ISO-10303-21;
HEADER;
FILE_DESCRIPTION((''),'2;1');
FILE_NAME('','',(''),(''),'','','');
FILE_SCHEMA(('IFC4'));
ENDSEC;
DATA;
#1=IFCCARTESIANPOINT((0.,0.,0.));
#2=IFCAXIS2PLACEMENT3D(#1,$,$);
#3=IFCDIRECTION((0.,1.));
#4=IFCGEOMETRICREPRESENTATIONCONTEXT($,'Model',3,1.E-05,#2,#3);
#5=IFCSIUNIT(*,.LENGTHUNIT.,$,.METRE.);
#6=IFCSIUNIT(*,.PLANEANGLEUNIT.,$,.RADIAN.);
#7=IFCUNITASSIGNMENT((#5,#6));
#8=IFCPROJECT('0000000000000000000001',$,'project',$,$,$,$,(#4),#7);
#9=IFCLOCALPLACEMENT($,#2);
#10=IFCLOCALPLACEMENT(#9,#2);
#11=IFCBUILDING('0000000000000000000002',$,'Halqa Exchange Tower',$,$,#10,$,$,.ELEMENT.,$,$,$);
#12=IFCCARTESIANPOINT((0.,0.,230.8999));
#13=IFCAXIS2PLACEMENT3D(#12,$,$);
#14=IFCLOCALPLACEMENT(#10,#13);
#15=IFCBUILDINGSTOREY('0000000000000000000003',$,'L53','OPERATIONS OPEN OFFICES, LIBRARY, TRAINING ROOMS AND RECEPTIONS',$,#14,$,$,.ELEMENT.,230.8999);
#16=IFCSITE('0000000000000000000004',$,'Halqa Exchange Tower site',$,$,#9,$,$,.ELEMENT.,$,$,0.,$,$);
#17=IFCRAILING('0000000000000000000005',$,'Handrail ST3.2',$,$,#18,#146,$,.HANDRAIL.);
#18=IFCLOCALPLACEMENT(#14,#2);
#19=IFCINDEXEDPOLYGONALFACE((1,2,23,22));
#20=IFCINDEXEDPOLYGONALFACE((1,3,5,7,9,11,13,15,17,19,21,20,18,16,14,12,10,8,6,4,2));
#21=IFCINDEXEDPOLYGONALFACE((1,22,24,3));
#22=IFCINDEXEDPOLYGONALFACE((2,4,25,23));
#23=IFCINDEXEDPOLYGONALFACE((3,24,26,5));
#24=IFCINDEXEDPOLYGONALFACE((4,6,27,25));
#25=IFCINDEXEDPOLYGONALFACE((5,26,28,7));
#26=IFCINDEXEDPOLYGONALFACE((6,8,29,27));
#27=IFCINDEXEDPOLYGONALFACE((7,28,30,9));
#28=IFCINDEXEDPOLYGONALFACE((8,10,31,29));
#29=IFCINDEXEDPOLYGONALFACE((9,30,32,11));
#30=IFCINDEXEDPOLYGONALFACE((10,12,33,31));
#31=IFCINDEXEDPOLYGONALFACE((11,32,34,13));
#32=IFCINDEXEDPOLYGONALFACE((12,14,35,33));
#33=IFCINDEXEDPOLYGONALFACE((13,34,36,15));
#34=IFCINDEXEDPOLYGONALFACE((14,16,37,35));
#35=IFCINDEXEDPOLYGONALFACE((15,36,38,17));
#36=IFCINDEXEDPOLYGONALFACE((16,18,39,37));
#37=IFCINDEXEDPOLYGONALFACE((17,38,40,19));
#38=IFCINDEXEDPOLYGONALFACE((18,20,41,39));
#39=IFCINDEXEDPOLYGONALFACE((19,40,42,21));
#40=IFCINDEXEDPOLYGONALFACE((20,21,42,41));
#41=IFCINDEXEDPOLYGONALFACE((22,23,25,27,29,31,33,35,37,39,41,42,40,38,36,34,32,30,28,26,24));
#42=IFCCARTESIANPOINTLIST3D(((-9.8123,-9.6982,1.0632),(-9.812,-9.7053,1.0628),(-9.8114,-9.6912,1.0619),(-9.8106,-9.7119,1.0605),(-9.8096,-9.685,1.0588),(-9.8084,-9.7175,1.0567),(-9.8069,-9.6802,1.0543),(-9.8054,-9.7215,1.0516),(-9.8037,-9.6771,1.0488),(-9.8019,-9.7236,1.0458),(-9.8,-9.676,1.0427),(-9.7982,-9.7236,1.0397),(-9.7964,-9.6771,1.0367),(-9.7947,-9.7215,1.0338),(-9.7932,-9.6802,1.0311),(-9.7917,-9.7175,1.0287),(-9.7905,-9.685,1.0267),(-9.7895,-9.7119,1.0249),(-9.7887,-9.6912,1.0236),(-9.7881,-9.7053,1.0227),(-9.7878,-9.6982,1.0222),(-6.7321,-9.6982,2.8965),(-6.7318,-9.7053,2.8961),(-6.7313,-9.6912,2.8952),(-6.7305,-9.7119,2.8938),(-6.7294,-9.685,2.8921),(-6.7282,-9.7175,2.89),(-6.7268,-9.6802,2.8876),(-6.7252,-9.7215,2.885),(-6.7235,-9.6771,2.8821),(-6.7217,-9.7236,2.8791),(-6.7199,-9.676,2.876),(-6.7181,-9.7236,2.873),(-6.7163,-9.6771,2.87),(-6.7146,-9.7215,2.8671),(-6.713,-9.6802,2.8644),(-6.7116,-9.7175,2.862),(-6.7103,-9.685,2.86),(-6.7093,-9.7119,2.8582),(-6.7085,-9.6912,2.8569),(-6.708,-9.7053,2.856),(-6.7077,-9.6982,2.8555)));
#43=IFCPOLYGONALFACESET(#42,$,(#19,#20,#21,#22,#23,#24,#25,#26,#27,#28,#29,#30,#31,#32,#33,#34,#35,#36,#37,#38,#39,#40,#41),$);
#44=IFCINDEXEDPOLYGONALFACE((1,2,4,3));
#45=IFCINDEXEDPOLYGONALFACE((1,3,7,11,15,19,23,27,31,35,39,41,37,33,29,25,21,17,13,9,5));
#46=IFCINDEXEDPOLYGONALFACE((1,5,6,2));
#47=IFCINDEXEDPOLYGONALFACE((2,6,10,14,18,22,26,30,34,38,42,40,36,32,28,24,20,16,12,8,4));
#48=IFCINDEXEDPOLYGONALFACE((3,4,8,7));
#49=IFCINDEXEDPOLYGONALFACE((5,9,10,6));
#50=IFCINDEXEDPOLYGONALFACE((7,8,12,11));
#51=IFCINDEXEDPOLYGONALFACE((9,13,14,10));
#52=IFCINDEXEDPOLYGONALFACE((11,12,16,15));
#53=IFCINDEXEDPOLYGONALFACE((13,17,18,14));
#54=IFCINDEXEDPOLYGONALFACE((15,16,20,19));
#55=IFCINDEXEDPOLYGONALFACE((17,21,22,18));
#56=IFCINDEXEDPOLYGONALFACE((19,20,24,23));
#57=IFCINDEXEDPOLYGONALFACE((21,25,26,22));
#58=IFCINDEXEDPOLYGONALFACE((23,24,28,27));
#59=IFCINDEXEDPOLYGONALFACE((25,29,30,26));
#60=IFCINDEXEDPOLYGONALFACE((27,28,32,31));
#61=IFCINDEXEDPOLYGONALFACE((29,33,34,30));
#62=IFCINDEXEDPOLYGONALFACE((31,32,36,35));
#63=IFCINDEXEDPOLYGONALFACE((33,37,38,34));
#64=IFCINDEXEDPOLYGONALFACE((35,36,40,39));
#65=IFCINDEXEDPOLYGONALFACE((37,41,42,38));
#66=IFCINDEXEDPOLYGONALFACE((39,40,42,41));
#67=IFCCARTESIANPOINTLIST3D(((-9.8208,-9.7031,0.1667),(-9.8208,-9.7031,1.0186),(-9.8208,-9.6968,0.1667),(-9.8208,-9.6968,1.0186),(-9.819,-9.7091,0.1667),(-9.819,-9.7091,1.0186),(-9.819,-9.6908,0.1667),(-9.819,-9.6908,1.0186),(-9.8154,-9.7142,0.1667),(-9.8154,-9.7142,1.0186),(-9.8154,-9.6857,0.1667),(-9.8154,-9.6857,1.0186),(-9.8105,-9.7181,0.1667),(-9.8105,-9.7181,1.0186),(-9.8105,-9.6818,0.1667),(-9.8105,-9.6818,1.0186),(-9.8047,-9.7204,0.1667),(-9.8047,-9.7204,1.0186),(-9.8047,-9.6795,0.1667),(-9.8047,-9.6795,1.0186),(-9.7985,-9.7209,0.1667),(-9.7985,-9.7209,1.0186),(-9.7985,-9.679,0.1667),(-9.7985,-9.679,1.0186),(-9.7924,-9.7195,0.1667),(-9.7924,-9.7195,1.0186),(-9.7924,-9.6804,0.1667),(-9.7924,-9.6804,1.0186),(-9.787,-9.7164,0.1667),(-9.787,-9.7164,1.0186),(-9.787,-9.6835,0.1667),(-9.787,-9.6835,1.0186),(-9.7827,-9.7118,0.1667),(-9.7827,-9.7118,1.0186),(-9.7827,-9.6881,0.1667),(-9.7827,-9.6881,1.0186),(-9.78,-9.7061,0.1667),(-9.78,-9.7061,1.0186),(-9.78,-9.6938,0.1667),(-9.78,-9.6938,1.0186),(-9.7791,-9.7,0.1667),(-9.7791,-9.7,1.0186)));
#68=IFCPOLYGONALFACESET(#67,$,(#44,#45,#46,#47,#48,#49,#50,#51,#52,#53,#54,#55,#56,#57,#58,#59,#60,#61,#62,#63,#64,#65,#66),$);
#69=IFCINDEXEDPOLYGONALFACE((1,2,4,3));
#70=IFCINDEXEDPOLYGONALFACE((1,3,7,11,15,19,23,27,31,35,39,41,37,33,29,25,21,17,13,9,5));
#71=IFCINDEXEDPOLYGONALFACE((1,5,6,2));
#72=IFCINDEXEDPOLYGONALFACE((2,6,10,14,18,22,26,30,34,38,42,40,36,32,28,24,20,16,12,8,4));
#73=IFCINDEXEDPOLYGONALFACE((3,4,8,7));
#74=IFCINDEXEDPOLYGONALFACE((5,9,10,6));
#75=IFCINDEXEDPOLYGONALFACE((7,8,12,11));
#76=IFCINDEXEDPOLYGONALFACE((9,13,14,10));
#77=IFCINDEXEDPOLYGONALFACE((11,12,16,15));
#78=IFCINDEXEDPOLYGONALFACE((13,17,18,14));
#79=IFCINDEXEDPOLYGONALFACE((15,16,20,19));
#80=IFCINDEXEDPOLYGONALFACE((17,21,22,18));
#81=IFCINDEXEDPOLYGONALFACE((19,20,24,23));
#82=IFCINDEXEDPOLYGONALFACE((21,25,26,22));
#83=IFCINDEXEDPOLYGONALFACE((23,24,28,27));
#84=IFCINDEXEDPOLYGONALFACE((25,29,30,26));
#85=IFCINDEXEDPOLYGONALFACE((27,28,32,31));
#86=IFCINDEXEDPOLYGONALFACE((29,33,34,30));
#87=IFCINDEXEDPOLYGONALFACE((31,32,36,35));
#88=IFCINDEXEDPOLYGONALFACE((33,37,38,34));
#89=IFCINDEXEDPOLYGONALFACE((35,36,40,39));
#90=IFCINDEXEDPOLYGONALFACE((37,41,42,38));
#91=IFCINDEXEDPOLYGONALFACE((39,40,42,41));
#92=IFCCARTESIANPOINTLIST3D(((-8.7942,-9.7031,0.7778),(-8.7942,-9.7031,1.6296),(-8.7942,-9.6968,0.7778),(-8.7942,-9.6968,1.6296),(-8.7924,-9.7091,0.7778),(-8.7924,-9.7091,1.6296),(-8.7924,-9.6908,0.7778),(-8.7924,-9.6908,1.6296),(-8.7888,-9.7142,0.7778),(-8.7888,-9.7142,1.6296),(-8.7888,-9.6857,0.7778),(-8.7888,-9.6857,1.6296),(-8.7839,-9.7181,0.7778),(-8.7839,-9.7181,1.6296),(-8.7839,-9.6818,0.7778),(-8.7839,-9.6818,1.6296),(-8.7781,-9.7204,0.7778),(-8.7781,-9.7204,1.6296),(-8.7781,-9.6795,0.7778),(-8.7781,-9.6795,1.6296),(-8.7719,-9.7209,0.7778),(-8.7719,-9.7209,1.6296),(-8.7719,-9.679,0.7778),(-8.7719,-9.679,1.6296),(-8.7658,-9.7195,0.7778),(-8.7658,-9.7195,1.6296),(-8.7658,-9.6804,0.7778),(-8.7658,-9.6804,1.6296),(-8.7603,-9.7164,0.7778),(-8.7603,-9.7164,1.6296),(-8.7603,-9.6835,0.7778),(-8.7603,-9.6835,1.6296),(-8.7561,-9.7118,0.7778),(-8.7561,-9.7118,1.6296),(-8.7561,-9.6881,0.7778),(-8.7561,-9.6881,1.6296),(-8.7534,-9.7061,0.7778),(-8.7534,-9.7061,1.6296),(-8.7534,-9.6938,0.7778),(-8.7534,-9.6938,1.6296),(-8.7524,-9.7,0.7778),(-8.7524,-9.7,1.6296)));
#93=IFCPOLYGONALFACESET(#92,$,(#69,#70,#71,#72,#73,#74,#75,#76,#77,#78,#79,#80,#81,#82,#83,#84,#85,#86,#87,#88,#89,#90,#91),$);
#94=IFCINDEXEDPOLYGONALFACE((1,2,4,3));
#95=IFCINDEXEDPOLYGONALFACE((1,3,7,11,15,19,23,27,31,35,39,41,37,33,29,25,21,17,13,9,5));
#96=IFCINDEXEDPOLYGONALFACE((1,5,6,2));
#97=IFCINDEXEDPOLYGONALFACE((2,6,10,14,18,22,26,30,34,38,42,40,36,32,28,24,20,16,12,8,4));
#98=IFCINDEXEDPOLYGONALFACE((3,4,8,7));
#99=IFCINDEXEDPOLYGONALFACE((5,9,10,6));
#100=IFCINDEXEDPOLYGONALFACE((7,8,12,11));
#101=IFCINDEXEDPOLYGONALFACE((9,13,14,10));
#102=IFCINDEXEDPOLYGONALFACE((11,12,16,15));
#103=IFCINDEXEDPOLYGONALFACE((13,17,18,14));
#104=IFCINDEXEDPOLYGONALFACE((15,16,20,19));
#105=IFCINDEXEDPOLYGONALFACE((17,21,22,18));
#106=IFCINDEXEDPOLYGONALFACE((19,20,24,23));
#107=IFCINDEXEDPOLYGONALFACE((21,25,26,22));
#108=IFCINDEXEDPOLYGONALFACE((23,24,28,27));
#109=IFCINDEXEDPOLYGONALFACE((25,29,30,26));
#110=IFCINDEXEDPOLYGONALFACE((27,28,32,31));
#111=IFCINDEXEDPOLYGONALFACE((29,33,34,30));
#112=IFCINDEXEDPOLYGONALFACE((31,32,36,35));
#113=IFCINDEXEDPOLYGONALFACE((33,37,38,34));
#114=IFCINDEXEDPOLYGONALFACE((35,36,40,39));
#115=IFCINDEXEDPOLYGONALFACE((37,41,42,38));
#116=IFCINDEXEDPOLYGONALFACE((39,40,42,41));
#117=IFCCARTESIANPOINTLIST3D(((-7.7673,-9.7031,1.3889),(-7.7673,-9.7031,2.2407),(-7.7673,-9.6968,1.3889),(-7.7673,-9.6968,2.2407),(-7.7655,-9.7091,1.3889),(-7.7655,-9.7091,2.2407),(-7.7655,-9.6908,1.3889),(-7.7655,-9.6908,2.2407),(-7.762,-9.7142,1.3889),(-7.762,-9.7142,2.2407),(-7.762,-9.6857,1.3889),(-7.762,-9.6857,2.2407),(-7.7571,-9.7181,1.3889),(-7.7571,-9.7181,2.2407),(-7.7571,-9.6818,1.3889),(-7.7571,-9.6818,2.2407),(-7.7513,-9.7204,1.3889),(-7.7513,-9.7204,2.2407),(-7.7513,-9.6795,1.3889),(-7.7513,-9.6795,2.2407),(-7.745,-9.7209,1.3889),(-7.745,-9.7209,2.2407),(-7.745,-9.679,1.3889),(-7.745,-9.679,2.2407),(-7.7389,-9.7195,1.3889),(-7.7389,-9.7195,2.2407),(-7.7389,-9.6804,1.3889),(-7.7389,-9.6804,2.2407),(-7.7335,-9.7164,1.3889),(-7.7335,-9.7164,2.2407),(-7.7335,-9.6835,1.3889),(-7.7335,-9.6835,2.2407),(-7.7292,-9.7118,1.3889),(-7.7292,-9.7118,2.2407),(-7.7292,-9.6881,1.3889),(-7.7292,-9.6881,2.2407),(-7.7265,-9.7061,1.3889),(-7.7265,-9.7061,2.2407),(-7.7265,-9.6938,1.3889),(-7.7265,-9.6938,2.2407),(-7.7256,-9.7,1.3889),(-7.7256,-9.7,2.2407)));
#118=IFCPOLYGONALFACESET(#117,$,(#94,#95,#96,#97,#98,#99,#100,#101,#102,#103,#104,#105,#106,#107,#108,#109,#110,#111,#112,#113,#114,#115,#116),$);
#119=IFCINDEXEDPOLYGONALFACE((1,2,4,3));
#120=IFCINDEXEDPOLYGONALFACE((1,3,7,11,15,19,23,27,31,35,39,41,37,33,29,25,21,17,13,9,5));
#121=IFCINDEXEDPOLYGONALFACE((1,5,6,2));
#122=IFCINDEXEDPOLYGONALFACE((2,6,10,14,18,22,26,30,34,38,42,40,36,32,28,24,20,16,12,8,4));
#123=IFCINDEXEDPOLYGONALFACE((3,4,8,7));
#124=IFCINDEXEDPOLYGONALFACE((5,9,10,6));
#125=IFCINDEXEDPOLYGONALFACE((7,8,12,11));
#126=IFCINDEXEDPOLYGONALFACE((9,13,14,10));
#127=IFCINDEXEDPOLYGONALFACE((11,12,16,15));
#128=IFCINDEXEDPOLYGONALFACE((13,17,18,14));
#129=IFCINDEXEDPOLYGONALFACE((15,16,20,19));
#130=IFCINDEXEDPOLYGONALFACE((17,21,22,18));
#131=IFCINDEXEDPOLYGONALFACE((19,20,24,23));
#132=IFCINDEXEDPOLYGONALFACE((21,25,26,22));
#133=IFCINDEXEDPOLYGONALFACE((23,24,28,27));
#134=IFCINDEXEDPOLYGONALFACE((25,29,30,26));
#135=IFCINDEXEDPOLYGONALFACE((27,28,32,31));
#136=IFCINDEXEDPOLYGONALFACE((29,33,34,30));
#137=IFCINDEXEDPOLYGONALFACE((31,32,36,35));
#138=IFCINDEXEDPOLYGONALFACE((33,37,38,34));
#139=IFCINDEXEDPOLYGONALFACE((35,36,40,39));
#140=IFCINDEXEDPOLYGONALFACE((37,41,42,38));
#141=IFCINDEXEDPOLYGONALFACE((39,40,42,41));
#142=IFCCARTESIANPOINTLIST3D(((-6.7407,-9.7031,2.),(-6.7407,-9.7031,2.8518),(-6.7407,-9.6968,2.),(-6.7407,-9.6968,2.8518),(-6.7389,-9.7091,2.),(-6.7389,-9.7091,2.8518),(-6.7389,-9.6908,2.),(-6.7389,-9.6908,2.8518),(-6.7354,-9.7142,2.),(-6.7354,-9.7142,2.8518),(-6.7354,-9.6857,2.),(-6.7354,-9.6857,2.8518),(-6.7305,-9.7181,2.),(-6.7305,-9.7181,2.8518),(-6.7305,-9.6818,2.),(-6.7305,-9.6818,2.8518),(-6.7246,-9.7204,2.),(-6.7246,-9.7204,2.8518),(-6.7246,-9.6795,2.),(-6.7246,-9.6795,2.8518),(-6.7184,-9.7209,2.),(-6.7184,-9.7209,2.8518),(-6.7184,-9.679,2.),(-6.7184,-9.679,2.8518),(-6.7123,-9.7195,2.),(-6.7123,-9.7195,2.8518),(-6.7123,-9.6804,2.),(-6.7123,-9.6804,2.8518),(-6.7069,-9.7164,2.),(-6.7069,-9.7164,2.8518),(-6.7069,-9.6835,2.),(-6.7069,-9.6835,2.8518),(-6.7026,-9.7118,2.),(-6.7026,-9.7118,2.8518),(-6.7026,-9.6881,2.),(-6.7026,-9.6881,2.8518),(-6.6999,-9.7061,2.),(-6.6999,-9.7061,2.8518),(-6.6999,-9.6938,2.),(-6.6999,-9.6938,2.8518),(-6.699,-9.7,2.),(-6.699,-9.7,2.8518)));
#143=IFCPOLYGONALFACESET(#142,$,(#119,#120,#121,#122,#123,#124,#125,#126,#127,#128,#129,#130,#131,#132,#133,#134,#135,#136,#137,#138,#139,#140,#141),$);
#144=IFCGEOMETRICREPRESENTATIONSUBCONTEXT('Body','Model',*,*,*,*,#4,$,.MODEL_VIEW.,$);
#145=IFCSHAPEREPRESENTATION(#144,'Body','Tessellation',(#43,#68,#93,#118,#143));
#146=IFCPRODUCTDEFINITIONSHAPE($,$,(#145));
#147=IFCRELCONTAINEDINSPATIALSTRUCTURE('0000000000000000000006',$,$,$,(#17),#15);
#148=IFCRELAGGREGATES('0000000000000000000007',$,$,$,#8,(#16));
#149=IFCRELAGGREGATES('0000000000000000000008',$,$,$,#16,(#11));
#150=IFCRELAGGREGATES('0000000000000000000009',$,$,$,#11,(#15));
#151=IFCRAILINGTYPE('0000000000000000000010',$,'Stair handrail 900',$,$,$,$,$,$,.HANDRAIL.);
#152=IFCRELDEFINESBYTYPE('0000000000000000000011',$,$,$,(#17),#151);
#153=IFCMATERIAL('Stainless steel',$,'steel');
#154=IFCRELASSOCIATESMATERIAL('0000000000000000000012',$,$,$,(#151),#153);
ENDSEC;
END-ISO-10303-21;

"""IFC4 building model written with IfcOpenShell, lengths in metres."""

from ifc_helpers import new_model, si_unit, direction, frame, origin, origin_2d, place, context, subcontext, project, spatial, circle, extrude, material, type_object, element, save


model = new_model("IFC4")

# Units and contexts
model_context = context("Model", 3, precision=1e-05, world=origin(), true_north=direction((0.0, 1.0)))
body_context = subcontext(model_context, "Body", "Model", "MODEL_VIEW")
ifc_project = project(units=[si_unit("LENGTHUNIT", "METRE"), si_unit("PLANEANGLEUNIT", "RADIAN")], contexts=[model_context])

# Site, building, storey
site_placement = place(None, origin())
site = spatial("IfcSite", under=ifc_project, at=site_placement, Name="Halqa Exchange Tower site", CompositionType="ELEMENT", RefElevation=0.0)
building_placement = place(site_placement, origin())
building = spatial("IfcBuilding", under=site, at=building_placement, Name="Halqa Exchange Tower", CompositionType="ELEMENT")
storey_placement = place(building_placement, frame((0.0, 0.0, 230.8999)))
storey = spatial("IfcBuildingStorey", under=building, at=storey_placement, Name="L53", Description="OPERATIONS OPEN OFFICES, LIBRARY, TRAINING ROOMS AND RECEPTIONS", CompositionType="ELEMENT", Elevation=230.8999)

# Shared definitions
ifc_material_1 = material(Name="Stainless steel", Category="steel")

# Railing
railing_type_1 = type_object("IfcRailingType", Name="Stair handrail 900", PredefinedType="HANDRAIL", material=ifc_material_1)
railing_1_placement = place(storey_placement, frame((-9.8, -9.7, 0.1667)))
element("IfcRailing", 1, at=railing_1_placement, inside=storey, type_object=railing_type_1, Name="Handrail ST3.2", PredefinedType="HANDRAIL", context=body_context, shape_type="SweptSolid", body=[
    extrude(circle(Radius=0.0239, at=origin_2d()), frame((0.0, 0.0, 0.876), z_axis=(0.859309, 0.0, 0.511458), x_axis=(0.0, 1.0, 0.0)), (0.0, 0.0, 1.0), 3.5845),
    extrude(circle(Radius=0.021, at=origin_2d()), origin(), (0.0, 0.0, 1.0), 0.8518),
    extrude(circle(Radius=0.021, at=origin_2d()), frame((1.0266, 0.0, 0.6111)), (0.0, 0.0, 1.0), 0.8518),
    extrude(circle(Radius=0.021, at=origin_2d()), frame((2.0535, 0.0, 1.2222)), (0.0, 0.0, 1.0), 0.8518),
    extrude(circle(Radius=0.021, at=origin_2d()), frame((3.0801, 0.0, 1.8333)), (0.0, 0.0, 1.0), 0.8518),
])

save(model, "model.ifc")
